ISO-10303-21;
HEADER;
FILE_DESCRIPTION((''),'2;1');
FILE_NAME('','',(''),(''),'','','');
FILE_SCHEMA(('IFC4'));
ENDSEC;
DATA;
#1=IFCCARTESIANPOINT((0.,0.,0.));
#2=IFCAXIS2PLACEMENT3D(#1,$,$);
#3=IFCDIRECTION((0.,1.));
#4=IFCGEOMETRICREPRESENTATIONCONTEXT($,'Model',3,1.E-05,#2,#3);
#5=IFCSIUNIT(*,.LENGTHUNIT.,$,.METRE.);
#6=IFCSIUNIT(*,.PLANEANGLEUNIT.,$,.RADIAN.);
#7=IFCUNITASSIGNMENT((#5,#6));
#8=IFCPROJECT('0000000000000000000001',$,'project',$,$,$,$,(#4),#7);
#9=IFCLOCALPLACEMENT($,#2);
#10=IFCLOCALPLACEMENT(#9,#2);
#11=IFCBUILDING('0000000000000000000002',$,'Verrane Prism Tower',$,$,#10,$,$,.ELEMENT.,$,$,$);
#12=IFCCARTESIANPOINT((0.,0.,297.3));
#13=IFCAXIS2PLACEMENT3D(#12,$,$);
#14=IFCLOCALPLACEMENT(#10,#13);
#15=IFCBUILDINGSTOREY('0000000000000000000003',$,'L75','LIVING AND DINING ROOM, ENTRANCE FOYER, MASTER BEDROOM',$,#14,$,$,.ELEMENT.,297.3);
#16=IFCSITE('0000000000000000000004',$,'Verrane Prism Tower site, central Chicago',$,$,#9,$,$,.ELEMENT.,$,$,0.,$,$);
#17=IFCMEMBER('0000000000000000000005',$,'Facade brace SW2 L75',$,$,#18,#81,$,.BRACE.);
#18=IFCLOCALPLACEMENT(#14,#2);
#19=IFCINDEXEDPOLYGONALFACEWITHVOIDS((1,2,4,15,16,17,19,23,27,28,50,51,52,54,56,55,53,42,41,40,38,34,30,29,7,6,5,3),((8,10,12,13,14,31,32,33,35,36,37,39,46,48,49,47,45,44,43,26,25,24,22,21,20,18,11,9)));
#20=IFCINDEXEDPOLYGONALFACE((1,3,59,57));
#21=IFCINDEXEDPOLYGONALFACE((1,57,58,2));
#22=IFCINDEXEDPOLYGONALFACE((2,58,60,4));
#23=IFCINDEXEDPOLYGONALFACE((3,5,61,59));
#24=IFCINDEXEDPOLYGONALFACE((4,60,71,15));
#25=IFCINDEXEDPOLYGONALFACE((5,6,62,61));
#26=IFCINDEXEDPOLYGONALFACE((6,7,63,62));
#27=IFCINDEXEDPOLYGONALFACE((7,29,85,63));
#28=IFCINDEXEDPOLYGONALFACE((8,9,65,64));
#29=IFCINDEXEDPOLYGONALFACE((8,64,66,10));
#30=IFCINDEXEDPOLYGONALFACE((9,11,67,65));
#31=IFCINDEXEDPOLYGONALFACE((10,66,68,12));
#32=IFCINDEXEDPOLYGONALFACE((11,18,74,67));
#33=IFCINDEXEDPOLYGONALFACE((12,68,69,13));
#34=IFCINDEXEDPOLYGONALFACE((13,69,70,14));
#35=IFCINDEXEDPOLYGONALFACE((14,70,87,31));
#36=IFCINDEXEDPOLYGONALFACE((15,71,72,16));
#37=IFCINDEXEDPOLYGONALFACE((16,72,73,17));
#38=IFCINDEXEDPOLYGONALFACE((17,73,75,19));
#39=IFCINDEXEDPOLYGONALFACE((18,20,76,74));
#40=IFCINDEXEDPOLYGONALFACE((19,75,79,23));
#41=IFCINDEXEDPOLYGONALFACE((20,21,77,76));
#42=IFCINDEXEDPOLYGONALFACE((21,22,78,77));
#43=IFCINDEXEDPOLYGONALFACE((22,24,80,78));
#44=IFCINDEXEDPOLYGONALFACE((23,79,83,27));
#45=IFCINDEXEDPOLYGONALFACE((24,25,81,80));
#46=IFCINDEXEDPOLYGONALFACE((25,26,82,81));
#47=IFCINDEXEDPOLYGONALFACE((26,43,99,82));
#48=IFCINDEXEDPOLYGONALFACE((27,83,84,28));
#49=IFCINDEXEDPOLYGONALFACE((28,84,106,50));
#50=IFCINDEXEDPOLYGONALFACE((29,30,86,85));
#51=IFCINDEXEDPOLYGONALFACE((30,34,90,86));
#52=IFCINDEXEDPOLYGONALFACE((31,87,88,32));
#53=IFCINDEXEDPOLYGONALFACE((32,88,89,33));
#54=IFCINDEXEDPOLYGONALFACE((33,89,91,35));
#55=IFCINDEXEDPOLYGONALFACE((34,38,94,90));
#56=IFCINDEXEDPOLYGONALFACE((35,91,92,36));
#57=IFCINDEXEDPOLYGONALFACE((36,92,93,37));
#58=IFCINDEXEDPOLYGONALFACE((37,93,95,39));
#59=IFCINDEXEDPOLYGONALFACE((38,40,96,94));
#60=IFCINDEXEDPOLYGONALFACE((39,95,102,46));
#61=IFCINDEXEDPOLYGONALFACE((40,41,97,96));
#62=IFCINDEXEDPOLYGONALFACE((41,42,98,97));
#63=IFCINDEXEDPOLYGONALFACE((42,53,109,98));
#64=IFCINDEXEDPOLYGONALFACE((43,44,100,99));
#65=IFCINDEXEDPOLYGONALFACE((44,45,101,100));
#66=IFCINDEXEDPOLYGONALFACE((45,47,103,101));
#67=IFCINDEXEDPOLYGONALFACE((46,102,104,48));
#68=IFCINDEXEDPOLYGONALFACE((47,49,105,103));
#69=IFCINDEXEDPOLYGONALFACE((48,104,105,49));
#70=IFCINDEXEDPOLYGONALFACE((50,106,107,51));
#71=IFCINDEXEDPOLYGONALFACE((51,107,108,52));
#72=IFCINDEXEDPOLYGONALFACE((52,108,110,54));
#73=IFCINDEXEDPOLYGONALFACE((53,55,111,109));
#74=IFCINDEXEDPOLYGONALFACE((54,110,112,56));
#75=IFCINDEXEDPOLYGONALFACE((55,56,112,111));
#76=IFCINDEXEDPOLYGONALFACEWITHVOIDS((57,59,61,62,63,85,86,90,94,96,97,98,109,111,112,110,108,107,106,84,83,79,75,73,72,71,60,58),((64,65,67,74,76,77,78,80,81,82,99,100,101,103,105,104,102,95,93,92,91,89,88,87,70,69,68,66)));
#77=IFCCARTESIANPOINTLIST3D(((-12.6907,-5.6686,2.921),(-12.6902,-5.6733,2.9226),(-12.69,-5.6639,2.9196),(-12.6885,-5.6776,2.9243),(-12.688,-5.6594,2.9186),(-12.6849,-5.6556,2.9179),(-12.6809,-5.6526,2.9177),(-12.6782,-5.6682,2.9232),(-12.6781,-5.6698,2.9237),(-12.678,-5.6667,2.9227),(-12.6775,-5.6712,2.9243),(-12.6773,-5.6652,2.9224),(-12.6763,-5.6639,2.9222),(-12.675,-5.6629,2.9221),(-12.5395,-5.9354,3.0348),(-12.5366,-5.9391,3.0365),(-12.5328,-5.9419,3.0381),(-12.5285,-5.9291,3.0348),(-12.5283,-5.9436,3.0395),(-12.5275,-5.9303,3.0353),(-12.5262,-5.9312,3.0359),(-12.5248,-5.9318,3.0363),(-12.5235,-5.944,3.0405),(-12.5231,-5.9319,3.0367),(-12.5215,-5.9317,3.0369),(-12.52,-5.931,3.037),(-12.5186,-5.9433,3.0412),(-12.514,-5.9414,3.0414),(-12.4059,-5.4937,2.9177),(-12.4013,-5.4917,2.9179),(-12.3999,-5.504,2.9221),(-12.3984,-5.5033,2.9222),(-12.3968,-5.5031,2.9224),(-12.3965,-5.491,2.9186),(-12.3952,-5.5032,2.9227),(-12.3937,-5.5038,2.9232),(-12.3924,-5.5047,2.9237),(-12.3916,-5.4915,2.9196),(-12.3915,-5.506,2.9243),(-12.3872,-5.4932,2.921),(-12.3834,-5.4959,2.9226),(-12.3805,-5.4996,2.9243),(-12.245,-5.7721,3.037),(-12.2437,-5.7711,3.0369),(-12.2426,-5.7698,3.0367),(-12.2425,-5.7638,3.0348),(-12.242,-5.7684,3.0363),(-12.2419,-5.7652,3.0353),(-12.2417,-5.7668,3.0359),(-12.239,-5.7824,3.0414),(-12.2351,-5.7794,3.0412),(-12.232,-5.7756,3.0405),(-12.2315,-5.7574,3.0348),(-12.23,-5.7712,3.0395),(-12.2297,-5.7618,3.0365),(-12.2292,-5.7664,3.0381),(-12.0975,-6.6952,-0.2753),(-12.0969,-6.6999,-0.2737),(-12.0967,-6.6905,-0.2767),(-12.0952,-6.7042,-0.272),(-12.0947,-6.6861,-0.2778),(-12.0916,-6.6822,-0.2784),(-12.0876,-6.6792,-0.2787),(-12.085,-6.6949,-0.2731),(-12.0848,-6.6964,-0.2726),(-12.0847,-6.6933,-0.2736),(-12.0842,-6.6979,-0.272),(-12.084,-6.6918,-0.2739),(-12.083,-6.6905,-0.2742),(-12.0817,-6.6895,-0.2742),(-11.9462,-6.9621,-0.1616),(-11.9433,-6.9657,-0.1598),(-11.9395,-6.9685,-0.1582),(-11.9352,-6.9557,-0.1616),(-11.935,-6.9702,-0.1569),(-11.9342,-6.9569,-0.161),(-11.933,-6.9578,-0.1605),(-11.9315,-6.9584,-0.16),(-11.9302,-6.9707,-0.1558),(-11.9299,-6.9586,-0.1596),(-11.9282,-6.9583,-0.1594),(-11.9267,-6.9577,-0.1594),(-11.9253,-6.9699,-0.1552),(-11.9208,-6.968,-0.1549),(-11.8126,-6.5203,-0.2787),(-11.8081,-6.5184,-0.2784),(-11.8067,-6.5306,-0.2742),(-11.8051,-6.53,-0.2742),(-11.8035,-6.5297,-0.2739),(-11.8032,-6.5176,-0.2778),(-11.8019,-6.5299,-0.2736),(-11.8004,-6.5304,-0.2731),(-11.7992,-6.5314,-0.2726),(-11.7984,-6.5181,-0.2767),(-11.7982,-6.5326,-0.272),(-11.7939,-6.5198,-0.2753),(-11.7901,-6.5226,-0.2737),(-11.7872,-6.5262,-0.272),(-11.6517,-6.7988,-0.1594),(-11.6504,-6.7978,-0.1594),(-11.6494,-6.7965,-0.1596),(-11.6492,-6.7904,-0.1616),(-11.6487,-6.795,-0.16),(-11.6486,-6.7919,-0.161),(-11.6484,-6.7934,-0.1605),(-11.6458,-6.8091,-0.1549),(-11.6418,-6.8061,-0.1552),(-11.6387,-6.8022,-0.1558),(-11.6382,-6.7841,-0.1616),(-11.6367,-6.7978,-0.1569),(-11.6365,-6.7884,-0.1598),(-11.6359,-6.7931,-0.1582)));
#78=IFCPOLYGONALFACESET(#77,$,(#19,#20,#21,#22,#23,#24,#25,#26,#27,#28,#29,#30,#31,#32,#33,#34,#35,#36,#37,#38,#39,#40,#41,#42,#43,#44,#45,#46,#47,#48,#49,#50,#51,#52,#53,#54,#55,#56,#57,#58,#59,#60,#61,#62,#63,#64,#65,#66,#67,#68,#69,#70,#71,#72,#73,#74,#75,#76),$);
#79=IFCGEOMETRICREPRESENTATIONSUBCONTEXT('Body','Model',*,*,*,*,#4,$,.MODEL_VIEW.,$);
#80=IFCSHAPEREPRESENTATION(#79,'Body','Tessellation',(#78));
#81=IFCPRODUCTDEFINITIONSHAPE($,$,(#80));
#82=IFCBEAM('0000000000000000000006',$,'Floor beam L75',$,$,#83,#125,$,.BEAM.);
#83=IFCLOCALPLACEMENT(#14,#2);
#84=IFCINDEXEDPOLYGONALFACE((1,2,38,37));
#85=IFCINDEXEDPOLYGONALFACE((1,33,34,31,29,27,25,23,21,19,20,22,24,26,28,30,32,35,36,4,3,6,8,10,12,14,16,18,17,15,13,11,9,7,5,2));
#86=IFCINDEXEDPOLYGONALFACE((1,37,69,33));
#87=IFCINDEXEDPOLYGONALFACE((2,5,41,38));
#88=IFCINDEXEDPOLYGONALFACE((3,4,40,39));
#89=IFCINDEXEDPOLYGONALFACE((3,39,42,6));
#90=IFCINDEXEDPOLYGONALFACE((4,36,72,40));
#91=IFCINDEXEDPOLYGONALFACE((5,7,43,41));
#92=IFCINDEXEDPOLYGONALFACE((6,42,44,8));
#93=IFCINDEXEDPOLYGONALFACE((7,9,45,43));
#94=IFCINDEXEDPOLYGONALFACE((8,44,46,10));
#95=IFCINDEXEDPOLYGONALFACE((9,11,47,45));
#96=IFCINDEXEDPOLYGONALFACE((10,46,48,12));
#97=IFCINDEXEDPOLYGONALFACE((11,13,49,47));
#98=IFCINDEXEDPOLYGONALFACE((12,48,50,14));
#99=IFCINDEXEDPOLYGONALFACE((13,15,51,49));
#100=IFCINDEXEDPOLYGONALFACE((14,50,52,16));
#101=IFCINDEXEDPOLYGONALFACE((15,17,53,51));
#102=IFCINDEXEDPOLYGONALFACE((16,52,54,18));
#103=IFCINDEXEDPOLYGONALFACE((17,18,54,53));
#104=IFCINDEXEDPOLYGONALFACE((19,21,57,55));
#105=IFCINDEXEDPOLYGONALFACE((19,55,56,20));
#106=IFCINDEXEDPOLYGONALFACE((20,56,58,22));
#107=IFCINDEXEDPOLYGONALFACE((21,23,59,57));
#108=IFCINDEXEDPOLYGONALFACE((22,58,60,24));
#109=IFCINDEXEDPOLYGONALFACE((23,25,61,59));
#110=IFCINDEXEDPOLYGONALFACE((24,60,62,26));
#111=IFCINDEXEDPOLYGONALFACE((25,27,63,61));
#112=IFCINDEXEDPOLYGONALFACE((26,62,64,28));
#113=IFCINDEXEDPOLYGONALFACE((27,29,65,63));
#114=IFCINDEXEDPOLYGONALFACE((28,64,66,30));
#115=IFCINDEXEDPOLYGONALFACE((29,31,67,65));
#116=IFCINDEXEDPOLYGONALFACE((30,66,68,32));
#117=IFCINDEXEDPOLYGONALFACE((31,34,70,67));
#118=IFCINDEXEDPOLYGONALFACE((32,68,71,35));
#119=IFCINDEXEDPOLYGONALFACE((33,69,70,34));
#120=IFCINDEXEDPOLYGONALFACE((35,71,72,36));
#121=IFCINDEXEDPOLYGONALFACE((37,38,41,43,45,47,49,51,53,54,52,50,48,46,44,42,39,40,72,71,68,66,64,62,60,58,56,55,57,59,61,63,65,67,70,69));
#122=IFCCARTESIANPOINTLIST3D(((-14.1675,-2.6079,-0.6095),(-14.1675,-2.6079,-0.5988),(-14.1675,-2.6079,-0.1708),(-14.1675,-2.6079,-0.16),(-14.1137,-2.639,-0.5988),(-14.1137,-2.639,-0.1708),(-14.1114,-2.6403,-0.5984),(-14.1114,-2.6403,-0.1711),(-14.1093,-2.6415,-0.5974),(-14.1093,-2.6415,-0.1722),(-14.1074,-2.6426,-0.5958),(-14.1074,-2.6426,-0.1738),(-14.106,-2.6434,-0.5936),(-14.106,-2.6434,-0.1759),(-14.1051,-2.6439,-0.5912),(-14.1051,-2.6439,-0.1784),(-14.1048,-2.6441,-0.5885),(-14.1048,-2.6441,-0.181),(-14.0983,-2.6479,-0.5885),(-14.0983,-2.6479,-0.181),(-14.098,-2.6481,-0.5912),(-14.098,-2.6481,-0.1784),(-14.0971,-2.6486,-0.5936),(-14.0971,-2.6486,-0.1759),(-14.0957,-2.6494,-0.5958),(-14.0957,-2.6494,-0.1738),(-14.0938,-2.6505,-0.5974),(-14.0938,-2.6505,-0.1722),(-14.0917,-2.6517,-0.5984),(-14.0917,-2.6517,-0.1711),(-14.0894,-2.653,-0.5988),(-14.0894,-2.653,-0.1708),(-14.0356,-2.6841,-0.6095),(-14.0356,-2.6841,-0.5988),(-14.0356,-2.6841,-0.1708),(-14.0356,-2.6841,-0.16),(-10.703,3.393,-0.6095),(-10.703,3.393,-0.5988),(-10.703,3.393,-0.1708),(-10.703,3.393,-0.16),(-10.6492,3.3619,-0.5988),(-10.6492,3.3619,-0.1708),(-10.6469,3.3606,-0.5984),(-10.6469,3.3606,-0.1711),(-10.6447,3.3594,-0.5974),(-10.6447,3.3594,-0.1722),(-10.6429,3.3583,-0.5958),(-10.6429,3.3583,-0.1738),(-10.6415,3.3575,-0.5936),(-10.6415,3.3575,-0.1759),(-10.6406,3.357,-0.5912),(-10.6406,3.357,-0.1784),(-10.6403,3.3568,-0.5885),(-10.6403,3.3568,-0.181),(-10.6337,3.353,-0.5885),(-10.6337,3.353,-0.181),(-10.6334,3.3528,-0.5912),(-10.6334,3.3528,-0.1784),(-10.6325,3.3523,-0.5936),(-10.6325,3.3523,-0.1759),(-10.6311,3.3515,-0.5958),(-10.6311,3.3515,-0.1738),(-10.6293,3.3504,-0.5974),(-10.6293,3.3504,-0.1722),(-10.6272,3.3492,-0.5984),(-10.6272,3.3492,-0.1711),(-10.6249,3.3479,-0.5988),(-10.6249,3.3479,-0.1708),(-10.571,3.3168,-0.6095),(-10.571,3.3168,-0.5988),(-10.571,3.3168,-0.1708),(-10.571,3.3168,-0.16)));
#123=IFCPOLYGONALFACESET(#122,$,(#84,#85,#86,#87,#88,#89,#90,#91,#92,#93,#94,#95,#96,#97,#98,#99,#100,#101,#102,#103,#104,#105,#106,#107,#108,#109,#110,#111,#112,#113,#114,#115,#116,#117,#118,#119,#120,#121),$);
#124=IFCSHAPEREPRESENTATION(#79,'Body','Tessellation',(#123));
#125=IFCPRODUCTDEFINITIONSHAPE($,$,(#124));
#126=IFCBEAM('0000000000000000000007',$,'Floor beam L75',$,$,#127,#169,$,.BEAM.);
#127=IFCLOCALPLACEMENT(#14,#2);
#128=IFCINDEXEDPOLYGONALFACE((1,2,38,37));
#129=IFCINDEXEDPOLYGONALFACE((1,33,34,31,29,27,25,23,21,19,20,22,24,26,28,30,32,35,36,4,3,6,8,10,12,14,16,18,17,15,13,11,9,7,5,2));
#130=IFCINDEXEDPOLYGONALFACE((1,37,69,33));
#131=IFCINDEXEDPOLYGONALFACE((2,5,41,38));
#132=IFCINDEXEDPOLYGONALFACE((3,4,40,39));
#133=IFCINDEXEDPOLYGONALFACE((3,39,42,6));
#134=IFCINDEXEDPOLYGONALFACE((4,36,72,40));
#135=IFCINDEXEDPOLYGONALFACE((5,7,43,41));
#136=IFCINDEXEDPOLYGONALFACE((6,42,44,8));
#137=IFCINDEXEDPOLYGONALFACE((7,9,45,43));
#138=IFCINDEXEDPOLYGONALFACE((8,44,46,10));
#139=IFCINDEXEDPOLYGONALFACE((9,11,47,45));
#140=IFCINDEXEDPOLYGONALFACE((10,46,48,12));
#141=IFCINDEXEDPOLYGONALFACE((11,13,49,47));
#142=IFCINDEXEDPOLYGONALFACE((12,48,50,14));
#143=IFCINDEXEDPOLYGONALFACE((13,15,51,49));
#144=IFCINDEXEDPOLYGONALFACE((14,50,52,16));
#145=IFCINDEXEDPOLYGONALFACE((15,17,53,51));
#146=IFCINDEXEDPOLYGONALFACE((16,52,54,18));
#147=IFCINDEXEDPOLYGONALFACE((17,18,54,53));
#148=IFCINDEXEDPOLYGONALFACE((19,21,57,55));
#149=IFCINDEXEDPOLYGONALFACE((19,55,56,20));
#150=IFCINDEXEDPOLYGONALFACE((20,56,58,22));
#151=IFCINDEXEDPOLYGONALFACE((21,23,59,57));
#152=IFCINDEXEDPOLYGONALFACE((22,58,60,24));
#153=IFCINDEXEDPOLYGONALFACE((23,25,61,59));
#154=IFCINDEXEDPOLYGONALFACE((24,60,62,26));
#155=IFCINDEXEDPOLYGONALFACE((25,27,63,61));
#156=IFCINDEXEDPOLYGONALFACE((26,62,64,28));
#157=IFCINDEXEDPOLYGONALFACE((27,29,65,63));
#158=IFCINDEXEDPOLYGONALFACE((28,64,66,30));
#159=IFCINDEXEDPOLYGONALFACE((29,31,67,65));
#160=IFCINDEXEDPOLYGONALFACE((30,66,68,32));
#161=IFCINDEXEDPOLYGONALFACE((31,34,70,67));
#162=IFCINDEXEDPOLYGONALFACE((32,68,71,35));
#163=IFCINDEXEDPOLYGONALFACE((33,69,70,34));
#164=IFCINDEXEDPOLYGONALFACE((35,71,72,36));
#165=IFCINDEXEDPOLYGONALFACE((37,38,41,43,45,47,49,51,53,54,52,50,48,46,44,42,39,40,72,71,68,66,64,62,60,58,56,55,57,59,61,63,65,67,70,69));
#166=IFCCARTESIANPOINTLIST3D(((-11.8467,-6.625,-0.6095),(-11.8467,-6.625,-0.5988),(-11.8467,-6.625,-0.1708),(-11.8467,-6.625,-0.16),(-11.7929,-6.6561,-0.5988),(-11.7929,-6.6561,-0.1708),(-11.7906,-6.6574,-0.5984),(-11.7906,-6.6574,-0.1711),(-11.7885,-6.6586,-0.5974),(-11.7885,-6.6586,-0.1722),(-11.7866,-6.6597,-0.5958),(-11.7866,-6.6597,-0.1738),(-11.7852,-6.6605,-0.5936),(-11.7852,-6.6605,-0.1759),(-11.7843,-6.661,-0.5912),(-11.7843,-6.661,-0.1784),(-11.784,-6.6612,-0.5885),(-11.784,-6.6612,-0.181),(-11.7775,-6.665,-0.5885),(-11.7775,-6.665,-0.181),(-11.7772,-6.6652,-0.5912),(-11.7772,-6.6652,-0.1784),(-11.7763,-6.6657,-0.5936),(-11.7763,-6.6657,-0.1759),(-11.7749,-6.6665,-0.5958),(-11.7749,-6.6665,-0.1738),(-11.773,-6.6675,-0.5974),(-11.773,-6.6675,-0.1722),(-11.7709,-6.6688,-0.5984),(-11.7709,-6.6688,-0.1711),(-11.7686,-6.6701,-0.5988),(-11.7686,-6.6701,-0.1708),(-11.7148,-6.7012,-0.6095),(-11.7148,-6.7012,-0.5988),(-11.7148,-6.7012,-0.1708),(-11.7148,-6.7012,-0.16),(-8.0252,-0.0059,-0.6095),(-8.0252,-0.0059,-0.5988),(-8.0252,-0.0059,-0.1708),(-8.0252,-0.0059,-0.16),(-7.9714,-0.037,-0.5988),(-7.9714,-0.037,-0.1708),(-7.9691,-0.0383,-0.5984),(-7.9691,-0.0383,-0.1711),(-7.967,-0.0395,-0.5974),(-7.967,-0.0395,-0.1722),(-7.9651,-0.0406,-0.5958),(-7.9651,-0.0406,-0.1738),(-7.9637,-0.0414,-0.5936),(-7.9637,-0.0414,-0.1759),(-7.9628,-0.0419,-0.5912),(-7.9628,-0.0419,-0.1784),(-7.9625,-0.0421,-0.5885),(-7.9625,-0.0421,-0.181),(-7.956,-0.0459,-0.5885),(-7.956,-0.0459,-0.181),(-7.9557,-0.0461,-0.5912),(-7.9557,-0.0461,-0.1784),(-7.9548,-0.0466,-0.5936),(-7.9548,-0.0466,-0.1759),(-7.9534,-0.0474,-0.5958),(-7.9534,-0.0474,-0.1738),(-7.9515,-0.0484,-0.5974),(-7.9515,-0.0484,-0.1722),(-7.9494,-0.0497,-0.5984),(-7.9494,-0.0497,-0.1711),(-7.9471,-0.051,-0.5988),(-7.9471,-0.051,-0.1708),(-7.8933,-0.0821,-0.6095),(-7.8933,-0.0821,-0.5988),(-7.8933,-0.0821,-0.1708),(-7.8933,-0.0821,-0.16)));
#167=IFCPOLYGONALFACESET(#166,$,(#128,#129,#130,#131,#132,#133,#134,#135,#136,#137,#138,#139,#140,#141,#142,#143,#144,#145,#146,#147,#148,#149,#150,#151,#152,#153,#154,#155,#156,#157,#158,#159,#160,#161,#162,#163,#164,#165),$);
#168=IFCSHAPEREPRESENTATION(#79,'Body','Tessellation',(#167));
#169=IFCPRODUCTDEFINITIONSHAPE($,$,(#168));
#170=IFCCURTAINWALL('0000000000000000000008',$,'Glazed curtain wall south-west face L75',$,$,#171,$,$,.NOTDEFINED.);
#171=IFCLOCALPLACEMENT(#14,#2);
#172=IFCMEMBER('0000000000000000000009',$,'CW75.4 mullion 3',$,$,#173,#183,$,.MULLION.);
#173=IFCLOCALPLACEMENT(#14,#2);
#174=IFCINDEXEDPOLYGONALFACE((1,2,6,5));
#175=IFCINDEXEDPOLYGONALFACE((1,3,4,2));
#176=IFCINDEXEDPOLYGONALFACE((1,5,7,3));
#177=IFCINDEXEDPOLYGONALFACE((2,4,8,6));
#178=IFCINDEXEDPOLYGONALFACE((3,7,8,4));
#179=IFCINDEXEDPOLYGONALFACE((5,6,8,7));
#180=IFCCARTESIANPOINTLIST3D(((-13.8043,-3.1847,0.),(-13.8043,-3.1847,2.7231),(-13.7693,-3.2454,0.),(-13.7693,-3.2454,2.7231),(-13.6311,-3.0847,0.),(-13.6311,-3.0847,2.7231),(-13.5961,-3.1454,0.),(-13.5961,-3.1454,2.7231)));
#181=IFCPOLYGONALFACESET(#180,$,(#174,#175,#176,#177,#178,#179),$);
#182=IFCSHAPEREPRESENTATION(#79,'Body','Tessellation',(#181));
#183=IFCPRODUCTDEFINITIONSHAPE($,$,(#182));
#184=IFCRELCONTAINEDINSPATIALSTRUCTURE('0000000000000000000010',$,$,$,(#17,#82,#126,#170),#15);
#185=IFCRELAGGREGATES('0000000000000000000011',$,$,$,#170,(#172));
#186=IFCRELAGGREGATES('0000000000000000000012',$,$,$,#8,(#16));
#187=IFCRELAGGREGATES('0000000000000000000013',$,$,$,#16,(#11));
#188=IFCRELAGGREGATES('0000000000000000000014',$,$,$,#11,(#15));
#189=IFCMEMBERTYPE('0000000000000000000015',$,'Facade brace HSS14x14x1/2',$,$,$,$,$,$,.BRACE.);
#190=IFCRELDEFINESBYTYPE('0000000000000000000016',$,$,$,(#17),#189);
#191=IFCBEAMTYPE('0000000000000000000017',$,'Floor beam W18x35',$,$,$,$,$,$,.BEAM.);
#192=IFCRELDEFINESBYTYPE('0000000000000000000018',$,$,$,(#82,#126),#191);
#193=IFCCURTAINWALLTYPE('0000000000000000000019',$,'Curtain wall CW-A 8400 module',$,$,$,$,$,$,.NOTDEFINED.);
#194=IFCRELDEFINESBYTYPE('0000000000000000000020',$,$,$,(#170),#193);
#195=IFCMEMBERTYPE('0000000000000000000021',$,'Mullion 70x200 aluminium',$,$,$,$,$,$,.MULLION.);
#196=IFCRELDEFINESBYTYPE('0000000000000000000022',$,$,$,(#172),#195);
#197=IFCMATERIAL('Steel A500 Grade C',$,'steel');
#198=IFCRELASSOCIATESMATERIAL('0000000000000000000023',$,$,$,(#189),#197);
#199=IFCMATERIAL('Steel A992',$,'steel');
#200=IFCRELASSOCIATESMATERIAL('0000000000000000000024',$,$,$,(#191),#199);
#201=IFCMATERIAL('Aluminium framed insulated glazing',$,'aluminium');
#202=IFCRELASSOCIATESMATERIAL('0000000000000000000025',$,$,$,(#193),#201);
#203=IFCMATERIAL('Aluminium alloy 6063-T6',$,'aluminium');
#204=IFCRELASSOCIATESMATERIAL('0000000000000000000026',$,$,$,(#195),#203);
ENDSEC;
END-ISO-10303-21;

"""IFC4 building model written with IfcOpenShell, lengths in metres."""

from ifc_helpers import new_model, si_unit, direction, frame, origin, origin_2d, place, context, subcontext, project, spatial, rectangle, hollow_rectangle, i_section, extrude, material, material_profile, profile_set, type_object, element, aggregate, save


model = new_model("IFC4")

# Units and contexts
model_context = context("Model", 3, precision=1e-05, world=origin(), true_north=direction((0.0, 1.0)))
body_context = subcontext(model_context, "Body", "Model", "MODEL_VIEW")
ifc_project = project(units=[si_unit("LENGTHUNIT", "METRE"), si_unit("PLANEANGLEUNIT", "RADIAN")], contexts=[model_context])

# Site, building, storey
site_placement = place(None, origin())
site = spatial("IfcSite", under=ifc_project, at=site_placement, Name="Verrane Prism Tower site, central Chicago", CompositionType="ELEMENT", RefElevation=0.0)
building_placement = place(site_placement, origin())
building = spatial("IfcBuilding", under=site, at=building_placement, Name="Verrane Prism Tower", CompositionType="ELEMENT")
storey_placement = place(building_placement, frame((0.0, 0.0, 297.3)))
storey = spatial("IfcBuildingStorey", under=building, at=storey_placement, Name="L75", Description="LIVING AND DINING ROOM, ENTRANCE FOYER, MASTER BEDROOM", CompositionType="ELEMENT", Elevation=297.3)

# Member
ifc_material_1 = material(Name="Steel A500 Grade C", Category="steel")
ifc_material_profile_1 = material_profile(ifc_material_1, hollow_rectangle(XDim=0.3557, YDim=0.3557, WallThickness=0.0127, InnerFilletRadius=0.0063, OuterFilletRadius=0.019, at=origin_2d()), Name="HSS14x14x1/2")
ifc_profile_set_1 = profile_set([ifc_material_profile_1], Name="Steel A500 Grade C")
member_type_1 = type_object("IfcMemberType", Name="Facade brace HSS14x14x1/2", PredefinedType="BRACE", material=ifc_profile_set_1)
member_1_placement = place(storey_placement, frame((-11.8667, -6.7441, -0.2168), z_axis=(-0.174022, 0.301136, 0.937568), x_axis=(-0.865825, -0.500346, 0.0)))
element("IfcMember", 1, at=member_1_placement, inside=storey, type_object=member_type_1, Name="Facade brace SW2 L75", PredefinedType="BRACE", context=body_context, shape_type="SweptSolid", body=[
    extrude(hollow_rectangle(XDim=0.3557, YDim=0.3557, WallThickness=0.0127, InnerFilletRadius=0.0063, OuterFilletRadius=0.019, at=origin_2d()), origin(), (0.0, 0.0, 1.0), 3.4092),
])

# Beams
ifc_material_2 = material(Name="Steel A992", Category="steel")
ifc_material_profile_2 = material_profile(ifc_material_2, i_section(OverallWidth=0.1523, OverallDepth=0.4495, WebThickness=0.0076, FlangeThickness=0.0107, FilletRadius=0.0103, at=origin_2d()), Name="W18x35")
ifc_profile_set_2 = profile_set([ifc_material_profile_2], Name="Steel A992")
beam_type_1 = type_object("IfcBeamType", Name="Floor beam W18x35", PredefinedType="BEAM", material=ifc_profile_set_2)
beam_1_placement = place(storey_placement, frame((-14.1016, -2.646, -0.3848), z_axis=(0.499993, 0.86603, 0.0), x_axis=(-0.86603, 0.499993, 0.0)))
element("IfcBeam", 2, at=beam_1_placement, inside=storey, type_object=beam_type_1, Name="Floor beam L75", PredefinedType="BEAM", context=body_context, shape_type="SweptSolid", body=[
    extrude(i_section(OverallWidth=0.1523, OverallDepth=0.4495, WebThickness=0.0076, FlangeThickness=0.0107, FilletRadius=0.0103, at=origin_2d()), origin(), (0.0, 0.0, 1.0), 6.9292),
])
beam_2_placement = place(storey_placement, frame((-11.7808, -6.6631, -0.3848), z_axis=(0.499997, 0.866027, 0.0), x_axis=(-0.866027, 0.499997, 0.0)))
element("IfcBeam", 3, at=beam_2_placement, inside=storey, type_object=beam_type_1, Name="Floor beam L75", PredefinedType="BEAM", context=body_context, shape_type="SweptSolid", body=[
    extrude(i_section(OverallWidth=0.1523, OverallDepth=0.4495, WebThickness=0.0076, FlangeThickness=0.0107, FilletRadius=0.0103, at=origin_2d()), origin(), (0.0, 0.0, 1.0), 7.6431),
])

# Curtain wall, member
ifc_material_3 = material(Name="Aluminium framed insulated glazing", Category="aluminium")
curtain_wall_type = type_object("IfcCurtainWallType", Name="Curtain wall CW-A 8400 module", PredefinedType="NOTDEFINED", material=ifc_material_3)
curtain_wall_placement = place(storey_placement, origin())
curtain_wall = element("IfcCurtainWall", 4, at=curtain_wall_placement, inside=storey, type_object=curtain_wall_type, Name="Glazed curtain wall south-west face L75", PredefinedType="NOTDEFINED")
ifc_material_4 = material(Name="Aluminium alloy 6063-T6", Category="aluminium")
ifc_material_profile_3 = material_profile(ifc_material_4, rectangle(XDim=0.2, YDim=0.0701, at=origin_2d()), Name="Mullion 70x200 aluminium")
ifc_profile_set_3 = profile_set([ifc_material_profile_3], Name="Aluminium alloy 6063-T6")
member_type_2 = type_object("IfcMemberType", Name="Mullion 70x200 aluminium", PredefinedType="MULLION", material=ifc_profile_set_3)
member_2_placement = place(storey_placement, frame((-13.7002, -3.165, 0.0), z_axis=(0.0, 0.0, 1.0), x_axis=(0.866025, 0.500001, 0.0)))
member_2 = element("IfcMember", 5, at=member_2_placement, type_object=member_type_2, Name="CW75.4 mullion 3", PredefinedType="MULLION", context=body_context, shape_type="SweptSolid", body=[
    extrude(rectangle(XDim=0.2, YDim=0.0701, at=origin_2d()), origin(), (0.0, 0.0, 1.0), 2.7231),
])

aggregate(curtain_wall, [member_2])

save(model, "model.ifc")
